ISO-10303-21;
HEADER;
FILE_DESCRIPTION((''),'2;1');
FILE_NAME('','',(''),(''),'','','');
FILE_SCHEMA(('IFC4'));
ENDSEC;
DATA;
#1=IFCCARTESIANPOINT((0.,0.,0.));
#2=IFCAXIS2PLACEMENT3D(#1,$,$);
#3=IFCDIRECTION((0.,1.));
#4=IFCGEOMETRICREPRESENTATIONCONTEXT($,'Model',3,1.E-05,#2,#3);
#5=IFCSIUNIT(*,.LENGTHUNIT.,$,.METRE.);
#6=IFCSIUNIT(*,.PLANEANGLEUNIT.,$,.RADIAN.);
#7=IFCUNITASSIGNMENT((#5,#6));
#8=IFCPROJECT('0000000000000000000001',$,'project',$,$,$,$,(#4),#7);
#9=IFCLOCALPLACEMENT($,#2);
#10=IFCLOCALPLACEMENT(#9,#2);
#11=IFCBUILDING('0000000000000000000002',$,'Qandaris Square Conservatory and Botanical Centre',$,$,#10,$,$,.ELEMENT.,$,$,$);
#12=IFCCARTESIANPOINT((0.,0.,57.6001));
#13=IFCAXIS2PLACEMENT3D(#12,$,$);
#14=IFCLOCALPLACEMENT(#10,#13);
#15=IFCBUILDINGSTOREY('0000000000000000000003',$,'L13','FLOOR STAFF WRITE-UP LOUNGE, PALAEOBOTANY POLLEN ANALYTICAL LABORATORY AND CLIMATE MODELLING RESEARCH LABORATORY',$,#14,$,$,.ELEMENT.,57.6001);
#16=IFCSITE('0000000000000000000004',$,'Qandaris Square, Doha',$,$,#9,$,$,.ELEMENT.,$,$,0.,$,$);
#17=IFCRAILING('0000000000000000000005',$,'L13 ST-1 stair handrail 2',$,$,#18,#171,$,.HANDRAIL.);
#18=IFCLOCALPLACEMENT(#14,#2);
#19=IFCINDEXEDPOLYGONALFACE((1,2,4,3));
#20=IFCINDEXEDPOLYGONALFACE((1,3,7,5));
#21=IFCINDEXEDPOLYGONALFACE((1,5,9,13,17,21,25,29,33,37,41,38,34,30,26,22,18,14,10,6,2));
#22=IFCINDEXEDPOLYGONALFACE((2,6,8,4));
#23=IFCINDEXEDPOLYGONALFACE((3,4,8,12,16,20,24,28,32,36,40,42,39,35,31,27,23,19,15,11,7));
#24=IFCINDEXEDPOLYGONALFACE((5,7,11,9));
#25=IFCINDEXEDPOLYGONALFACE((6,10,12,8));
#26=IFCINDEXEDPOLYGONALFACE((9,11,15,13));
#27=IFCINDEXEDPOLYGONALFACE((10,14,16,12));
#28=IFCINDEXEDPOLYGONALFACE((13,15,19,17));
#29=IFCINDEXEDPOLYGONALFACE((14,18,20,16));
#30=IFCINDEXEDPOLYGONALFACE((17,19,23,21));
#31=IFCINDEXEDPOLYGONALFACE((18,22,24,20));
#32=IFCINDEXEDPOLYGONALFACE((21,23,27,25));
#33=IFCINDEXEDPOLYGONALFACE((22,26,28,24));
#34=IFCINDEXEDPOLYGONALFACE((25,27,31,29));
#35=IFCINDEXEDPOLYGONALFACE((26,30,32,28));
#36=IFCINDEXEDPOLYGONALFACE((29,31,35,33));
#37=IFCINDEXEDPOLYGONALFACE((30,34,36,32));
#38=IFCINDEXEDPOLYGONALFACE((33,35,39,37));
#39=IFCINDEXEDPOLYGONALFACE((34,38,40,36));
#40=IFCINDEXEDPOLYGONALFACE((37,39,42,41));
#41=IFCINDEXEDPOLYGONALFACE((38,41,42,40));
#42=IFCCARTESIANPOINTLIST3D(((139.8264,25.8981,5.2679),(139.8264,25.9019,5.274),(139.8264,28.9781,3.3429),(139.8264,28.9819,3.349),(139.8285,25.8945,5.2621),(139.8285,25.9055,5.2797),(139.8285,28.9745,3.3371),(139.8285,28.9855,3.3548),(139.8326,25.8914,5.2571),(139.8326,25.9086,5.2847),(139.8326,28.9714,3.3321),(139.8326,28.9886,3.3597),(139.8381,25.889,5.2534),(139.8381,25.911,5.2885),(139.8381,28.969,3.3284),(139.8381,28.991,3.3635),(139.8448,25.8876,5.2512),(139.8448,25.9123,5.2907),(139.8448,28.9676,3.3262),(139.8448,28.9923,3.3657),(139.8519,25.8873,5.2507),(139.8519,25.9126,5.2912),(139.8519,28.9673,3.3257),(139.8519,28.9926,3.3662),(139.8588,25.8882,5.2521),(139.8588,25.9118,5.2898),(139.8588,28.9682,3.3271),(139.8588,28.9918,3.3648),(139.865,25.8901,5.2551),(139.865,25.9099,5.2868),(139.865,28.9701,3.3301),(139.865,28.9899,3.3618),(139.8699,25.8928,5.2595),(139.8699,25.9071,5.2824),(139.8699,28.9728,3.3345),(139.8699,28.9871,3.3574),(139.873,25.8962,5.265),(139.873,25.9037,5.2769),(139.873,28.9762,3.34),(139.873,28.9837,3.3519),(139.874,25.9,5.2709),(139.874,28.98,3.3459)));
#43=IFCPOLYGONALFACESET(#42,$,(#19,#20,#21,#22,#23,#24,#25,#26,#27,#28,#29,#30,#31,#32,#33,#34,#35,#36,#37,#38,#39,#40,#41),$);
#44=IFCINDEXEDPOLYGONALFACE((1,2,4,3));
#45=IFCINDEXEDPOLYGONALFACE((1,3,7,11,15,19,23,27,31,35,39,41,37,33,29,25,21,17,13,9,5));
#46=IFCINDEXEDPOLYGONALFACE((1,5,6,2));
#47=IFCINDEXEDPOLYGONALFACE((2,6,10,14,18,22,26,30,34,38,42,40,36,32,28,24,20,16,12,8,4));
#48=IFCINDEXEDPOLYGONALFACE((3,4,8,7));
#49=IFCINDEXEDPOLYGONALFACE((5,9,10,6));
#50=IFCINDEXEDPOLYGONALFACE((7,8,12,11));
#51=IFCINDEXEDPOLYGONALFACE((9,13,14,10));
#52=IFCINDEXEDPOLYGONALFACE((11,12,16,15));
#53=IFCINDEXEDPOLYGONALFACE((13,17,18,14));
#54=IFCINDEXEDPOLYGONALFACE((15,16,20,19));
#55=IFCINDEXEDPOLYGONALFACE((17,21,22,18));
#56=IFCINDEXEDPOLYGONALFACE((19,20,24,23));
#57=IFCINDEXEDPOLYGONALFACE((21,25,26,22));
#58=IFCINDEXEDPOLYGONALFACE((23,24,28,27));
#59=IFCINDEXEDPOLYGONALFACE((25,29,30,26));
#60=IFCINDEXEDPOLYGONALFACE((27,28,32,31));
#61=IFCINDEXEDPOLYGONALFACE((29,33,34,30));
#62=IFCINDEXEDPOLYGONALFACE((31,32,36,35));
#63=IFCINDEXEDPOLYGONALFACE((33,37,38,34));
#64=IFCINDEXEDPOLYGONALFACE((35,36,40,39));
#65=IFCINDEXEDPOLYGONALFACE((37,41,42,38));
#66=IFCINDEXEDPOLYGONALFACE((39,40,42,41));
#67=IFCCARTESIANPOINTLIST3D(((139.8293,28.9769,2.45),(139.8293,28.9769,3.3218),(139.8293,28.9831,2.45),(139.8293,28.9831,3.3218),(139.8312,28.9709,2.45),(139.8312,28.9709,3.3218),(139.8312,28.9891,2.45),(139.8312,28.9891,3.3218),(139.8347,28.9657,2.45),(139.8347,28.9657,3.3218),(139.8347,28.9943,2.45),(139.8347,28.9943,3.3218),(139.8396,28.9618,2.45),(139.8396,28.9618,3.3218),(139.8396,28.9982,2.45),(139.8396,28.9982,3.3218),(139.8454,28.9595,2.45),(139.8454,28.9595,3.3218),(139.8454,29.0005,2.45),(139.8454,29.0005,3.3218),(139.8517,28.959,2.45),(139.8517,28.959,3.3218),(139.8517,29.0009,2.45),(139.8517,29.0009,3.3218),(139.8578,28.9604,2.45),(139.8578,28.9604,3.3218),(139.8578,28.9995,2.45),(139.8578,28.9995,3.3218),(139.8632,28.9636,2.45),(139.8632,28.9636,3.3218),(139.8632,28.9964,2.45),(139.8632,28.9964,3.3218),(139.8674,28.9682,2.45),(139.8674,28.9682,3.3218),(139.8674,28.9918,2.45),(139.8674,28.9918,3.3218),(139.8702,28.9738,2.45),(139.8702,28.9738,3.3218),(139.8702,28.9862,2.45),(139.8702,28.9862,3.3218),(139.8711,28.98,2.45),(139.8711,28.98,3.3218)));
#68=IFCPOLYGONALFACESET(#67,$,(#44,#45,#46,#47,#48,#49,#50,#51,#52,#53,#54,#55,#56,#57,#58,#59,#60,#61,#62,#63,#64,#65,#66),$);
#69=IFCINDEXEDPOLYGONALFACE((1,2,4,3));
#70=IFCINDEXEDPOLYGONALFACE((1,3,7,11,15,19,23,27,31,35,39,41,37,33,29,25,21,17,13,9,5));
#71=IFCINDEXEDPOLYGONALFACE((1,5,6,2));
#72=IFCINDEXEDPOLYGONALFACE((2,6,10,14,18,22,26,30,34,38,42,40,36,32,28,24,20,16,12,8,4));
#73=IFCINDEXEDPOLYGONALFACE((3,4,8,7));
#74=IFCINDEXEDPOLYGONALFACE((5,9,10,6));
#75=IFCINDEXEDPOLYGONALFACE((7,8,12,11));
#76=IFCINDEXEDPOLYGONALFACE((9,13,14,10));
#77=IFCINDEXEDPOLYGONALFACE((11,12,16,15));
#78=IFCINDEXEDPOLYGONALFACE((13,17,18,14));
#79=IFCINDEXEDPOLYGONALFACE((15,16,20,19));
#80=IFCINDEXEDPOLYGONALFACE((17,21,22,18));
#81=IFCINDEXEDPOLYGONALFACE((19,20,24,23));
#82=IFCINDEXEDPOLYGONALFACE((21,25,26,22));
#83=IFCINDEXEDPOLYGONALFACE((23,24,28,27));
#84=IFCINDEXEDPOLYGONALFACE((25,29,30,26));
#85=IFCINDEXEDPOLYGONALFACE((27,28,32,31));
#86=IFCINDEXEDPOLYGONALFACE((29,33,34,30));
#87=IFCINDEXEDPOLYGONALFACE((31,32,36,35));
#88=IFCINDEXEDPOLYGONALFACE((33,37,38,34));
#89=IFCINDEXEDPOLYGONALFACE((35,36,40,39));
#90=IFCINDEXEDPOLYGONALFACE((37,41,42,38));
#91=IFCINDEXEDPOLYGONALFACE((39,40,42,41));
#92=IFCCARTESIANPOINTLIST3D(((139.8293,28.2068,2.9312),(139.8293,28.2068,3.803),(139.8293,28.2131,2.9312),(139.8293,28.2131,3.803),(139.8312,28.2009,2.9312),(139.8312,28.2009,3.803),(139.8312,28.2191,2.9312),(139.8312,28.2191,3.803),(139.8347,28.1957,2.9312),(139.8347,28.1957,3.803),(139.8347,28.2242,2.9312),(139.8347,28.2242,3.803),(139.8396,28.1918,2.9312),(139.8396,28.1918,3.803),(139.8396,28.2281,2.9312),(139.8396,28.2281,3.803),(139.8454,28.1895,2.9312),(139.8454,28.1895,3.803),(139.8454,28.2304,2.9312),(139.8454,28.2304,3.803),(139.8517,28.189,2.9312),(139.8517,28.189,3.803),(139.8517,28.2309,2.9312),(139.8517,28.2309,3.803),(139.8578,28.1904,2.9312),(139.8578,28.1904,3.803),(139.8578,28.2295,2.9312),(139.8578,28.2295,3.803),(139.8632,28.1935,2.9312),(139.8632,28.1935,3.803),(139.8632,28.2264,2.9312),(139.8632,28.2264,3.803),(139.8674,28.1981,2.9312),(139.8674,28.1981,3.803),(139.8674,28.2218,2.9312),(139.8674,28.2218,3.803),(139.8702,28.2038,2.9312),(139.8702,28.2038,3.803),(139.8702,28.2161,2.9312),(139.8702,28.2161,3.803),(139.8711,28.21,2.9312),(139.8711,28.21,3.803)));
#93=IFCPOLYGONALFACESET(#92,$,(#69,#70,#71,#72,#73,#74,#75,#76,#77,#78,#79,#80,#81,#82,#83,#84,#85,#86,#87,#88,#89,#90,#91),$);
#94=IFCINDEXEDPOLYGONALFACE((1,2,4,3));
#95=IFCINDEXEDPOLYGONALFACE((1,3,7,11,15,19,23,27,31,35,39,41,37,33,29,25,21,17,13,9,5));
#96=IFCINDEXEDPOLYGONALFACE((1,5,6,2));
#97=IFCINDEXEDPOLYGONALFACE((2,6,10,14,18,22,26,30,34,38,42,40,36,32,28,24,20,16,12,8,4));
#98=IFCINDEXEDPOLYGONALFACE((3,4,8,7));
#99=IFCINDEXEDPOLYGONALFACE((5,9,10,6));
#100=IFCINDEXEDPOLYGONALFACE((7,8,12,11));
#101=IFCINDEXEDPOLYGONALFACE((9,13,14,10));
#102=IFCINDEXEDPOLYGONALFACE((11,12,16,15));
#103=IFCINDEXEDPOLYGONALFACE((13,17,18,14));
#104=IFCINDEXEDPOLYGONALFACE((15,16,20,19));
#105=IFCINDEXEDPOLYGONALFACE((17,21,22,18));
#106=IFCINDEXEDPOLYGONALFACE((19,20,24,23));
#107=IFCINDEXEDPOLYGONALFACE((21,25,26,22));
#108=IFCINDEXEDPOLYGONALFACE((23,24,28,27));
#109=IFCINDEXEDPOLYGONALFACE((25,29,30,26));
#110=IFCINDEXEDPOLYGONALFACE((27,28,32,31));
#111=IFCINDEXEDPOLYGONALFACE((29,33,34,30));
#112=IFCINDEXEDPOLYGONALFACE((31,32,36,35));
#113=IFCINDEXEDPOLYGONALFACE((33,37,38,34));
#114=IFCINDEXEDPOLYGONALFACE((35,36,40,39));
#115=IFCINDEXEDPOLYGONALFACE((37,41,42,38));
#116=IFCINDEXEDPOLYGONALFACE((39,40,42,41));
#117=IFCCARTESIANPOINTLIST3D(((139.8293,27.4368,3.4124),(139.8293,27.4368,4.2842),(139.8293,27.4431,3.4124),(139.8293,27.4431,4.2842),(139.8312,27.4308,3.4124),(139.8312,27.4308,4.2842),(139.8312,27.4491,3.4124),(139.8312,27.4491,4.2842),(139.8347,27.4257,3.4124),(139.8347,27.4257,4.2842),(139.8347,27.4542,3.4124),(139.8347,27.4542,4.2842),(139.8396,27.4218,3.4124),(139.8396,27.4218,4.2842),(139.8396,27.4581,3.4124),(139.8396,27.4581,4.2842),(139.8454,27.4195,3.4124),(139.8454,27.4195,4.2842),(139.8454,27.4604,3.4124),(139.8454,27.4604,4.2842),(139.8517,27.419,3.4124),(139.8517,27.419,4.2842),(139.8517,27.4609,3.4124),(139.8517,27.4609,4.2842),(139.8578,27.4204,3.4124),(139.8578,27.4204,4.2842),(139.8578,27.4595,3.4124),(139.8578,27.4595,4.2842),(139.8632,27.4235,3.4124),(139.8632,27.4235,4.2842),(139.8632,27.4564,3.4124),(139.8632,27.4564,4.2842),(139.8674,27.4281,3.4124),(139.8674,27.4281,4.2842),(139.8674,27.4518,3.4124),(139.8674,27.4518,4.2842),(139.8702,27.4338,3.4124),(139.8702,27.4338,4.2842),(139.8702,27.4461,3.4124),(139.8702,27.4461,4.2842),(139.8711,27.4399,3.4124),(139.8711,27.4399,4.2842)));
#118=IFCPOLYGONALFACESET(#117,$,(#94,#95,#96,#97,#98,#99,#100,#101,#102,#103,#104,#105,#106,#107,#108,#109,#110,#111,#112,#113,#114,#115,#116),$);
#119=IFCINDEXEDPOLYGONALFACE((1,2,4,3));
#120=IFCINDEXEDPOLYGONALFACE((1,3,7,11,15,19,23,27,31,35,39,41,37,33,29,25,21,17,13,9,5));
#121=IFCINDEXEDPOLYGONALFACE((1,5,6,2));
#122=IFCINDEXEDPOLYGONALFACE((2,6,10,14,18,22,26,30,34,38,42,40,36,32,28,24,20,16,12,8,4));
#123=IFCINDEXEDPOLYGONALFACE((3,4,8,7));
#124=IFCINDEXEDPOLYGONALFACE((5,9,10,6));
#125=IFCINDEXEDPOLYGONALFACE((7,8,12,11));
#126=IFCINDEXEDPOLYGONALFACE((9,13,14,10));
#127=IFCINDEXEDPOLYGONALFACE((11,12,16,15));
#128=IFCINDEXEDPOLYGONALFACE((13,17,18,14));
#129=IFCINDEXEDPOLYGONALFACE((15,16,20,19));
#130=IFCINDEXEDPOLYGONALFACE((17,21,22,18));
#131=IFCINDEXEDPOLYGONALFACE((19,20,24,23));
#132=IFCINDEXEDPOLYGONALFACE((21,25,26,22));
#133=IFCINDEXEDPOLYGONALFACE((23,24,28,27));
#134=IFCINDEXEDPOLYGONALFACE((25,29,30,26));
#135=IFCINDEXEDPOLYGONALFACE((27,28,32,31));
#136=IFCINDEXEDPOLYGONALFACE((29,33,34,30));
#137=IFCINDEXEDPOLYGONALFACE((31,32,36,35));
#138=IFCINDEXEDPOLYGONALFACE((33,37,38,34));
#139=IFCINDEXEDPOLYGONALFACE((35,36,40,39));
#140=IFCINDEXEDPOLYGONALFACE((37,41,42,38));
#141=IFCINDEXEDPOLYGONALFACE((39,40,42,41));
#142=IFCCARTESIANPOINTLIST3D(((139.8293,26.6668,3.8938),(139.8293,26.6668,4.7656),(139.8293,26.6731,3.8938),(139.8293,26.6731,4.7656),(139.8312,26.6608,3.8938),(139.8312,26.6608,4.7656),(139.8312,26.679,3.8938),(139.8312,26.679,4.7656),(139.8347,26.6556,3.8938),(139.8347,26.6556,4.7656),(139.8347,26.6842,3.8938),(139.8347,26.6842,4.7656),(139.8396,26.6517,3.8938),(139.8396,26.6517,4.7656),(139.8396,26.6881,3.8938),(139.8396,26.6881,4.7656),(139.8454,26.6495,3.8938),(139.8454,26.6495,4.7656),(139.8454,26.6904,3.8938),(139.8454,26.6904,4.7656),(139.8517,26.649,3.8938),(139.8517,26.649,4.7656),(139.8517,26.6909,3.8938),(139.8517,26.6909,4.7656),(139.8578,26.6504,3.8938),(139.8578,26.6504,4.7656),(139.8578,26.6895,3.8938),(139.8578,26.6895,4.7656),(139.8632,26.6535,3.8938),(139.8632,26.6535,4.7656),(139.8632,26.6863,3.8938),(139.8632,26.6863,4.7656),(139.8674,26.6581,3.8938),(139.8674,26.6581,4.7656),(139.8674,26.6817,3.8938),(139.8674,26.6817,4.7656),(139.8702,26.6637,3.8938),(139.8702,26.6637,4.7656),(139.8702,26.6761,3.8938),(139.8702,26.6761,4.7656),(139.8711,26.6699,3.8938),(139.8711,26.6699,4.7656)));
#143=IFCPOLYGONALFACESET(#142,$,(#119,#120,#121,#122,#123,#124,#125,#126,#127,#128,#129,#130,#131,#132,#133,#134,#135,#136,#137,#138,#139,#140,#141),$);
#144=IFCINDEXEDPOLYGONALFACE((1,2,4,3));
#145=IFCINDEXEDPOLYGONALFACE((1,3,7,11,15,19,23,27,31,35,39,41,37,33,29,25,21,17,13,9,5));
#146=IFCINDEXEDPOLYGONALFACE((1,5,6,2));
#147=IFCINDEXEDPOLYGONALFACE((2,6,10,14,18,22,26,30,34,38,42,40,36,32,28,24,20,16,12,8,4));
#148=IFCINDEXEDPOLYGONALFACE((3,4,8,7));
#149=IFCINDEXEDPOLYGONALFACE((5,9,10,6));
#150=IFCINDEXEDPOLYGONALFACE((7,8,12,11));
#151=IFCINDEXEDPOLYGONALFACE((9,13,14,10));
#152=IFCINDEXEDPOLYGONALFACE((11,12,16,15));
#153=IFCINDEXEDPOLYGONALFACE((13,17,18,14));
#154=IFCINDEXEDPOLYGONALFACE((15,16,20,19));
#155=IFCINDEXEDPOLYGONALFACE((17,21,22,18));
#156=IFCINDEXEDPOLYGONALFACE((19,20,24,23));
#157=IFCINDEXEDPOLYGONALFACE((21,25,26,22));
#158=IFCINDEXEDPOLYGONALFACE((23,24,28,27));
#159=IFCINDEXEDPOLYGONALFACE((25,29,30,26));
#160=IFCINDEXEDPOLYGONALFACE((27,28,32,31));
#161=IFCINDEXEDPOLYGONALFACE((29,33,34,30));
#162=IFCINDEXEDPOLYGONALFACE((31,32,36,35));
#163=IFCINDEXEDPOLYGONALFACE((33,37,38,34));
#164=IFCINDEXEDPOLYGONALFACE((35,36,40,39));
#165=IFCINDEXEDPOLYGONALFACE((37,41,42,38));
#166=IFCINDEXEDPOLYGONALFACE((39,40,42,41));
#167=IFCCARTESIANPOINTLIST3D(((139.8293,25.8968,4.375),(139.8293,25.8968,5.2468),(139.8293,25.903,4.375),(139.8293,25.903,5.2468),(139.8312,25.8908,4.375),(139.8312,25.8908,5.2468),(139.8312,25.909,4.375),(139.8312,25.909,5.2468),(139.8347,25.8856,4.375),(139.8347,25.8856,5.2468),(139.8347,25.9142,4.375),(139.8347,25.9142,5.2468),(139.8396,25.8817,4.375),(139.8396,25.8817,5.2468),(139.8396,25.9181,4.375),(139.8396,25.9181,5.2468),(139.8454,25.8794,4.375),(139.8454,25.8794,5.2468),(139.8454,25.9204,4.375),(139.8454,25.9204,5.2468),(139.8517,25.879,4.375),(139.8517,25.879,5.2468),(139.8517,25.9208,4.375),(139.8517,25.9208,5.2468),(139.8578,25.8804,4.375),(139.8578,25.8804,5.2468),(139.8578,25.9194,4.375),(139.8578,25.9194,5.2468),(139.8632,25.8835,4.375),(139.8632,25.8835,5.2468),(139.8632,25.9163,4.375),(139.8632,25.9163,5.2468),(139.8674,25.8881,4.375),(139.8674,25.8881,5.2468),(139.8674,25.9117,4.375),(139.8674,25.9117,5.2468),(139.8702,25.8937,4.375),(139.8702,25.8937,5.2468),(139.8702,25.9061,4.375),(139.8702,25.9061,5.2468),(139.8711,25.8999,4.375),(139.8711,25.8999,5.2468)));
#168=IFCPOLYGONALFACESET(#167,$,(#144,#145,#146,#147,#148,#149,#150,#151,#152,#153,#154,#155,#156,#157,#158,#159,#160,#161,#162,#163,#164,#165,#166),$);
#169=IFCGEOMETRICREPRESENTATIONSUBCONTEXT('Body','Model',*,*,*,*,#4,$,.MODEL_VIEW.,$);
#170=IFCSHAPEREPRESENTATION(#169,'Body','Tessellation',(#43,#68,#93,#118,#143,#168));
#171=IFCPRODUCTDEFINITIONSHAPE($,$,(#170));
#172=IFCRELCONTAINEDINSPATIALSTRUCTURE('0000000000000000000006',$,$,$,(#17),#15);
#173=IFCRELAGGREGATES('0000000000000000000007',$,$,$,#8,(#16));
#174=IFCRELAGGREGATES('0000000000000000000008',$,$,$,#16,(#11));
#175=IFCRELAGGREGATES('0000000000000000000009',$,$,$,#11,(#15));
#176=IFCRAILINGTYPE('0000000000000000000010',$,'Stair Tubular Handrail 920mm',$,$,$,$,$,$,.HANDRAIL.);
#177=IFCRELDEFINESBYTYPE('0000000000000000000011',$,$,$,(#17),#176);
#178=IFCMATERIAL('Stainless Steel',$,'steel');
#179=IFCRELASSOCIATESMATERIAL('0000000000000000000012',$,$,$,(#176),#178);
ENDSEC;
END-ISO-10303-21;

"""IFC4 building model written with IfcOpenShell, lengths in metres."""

from ifc_helpers import new_model, si_unit, direction, frame, origin, origin_2d, place, context, subcontext, project, spatial, circle, extrude, material, type_object, element, save


model = new_model("IFC4")

# Units and contexts
model_context = context("Model", 3, precision=1e-05, world=origin(), true_north=direction((0.0, 1.0)))
body_context = subcontext(model_context, "Body", "Model", "MODEL_VIEW")
ifc_project = project(units=[si_unit("LENGTHUNIT", "METRE"), si_unit("PLANEANGLEUNIT", "RADIAN")], contexts=[model_context])

# Site, building, storey
site_placement = place(None, origin())
site = spatial("IfcSite", under=ifc_project, at=site_placement, Name="Qandaris Square, Doha", CompositionType="ELEMENT", RefElevation=0.0)
building_placement = place(site_placement, origin())
building = spatial("IfcBuilding", under=site, at=building_placement, Name="Qandaris Square Conservatory and Botanical Centre", CompositionType="ELEMENT")
storey_placement = place(building_placement, frame((0.0, 0.0, 57.6001)))
storey = spatial("IfcBuildingStorey", under=building, at=storey_placement, Name="L13", Description="FLOOR STAFF WRITE-UP LOUNGE, PALAEOBOTANY POLLEN ANALYTICAL LABORATORY AND CLIMATE MODELLING RESEARCH LABORATORY", CompositionType="ELEMENT", Elevation=57.6001)

# Railing
ifc_material_1 = material(Name="Stainless Steel", Category="steel")
railing_type_1 = type_object("IfcRailingType", Name="Stair Tubular Handrail 920mm", PredefinedType="HANDRAIL", material=ifc_material_1)
railing_1_placement = place(storey_placement, frame((139.8501, 28.98, 2.45)))
element("IfcRailing", 1, at=railing_1_placement, inside=storey, type_object=railing_type_1, Name="L13 ST-1 stair handrail 2", PredefinedType="HANDRAIL", context=body_context, shape_type="SweptSolid", body=[
    extrude(circle(Radius=0.0239, at=origin_2d()), frame((0.0, 0.0, 0.896), z_axis=(0.0, -0.847998, 0.529999), x_axis=(1.0, 0.0, 0.0)), (0.0, 0.0, 1.0), 3.6321),
    extrude(circle(Radius=0.021, at=origin_2d()), origin(), (0.0, 0.0, 1.0), 0.8718),
    extrude(circle(Radius=0.021, at=origin_2d()), frame((0.0, -0.77, 0.4812)), (0.0, 0.0, 1.0), 0.8718),
    extrude(circle(Radius=0.021, at=origin_2d()), frame((0.0, -1.54, 0.9624)), (0.0, 0.0, 1.0), 0.8718),
    extrude(circle(Radius=0.021, at=origin_2d()), frame((0.0, -2.3101, 1.4438)), (0.0, 0.0, 1.0), 0.8718),
    extrude(circle(Radius=0.021, at=origin_2d()), frame((0.0, -3.0801, 1.925)), (0.0, 0.0, 1.0), 0.8718),
])

save(model, "model.ifc")
